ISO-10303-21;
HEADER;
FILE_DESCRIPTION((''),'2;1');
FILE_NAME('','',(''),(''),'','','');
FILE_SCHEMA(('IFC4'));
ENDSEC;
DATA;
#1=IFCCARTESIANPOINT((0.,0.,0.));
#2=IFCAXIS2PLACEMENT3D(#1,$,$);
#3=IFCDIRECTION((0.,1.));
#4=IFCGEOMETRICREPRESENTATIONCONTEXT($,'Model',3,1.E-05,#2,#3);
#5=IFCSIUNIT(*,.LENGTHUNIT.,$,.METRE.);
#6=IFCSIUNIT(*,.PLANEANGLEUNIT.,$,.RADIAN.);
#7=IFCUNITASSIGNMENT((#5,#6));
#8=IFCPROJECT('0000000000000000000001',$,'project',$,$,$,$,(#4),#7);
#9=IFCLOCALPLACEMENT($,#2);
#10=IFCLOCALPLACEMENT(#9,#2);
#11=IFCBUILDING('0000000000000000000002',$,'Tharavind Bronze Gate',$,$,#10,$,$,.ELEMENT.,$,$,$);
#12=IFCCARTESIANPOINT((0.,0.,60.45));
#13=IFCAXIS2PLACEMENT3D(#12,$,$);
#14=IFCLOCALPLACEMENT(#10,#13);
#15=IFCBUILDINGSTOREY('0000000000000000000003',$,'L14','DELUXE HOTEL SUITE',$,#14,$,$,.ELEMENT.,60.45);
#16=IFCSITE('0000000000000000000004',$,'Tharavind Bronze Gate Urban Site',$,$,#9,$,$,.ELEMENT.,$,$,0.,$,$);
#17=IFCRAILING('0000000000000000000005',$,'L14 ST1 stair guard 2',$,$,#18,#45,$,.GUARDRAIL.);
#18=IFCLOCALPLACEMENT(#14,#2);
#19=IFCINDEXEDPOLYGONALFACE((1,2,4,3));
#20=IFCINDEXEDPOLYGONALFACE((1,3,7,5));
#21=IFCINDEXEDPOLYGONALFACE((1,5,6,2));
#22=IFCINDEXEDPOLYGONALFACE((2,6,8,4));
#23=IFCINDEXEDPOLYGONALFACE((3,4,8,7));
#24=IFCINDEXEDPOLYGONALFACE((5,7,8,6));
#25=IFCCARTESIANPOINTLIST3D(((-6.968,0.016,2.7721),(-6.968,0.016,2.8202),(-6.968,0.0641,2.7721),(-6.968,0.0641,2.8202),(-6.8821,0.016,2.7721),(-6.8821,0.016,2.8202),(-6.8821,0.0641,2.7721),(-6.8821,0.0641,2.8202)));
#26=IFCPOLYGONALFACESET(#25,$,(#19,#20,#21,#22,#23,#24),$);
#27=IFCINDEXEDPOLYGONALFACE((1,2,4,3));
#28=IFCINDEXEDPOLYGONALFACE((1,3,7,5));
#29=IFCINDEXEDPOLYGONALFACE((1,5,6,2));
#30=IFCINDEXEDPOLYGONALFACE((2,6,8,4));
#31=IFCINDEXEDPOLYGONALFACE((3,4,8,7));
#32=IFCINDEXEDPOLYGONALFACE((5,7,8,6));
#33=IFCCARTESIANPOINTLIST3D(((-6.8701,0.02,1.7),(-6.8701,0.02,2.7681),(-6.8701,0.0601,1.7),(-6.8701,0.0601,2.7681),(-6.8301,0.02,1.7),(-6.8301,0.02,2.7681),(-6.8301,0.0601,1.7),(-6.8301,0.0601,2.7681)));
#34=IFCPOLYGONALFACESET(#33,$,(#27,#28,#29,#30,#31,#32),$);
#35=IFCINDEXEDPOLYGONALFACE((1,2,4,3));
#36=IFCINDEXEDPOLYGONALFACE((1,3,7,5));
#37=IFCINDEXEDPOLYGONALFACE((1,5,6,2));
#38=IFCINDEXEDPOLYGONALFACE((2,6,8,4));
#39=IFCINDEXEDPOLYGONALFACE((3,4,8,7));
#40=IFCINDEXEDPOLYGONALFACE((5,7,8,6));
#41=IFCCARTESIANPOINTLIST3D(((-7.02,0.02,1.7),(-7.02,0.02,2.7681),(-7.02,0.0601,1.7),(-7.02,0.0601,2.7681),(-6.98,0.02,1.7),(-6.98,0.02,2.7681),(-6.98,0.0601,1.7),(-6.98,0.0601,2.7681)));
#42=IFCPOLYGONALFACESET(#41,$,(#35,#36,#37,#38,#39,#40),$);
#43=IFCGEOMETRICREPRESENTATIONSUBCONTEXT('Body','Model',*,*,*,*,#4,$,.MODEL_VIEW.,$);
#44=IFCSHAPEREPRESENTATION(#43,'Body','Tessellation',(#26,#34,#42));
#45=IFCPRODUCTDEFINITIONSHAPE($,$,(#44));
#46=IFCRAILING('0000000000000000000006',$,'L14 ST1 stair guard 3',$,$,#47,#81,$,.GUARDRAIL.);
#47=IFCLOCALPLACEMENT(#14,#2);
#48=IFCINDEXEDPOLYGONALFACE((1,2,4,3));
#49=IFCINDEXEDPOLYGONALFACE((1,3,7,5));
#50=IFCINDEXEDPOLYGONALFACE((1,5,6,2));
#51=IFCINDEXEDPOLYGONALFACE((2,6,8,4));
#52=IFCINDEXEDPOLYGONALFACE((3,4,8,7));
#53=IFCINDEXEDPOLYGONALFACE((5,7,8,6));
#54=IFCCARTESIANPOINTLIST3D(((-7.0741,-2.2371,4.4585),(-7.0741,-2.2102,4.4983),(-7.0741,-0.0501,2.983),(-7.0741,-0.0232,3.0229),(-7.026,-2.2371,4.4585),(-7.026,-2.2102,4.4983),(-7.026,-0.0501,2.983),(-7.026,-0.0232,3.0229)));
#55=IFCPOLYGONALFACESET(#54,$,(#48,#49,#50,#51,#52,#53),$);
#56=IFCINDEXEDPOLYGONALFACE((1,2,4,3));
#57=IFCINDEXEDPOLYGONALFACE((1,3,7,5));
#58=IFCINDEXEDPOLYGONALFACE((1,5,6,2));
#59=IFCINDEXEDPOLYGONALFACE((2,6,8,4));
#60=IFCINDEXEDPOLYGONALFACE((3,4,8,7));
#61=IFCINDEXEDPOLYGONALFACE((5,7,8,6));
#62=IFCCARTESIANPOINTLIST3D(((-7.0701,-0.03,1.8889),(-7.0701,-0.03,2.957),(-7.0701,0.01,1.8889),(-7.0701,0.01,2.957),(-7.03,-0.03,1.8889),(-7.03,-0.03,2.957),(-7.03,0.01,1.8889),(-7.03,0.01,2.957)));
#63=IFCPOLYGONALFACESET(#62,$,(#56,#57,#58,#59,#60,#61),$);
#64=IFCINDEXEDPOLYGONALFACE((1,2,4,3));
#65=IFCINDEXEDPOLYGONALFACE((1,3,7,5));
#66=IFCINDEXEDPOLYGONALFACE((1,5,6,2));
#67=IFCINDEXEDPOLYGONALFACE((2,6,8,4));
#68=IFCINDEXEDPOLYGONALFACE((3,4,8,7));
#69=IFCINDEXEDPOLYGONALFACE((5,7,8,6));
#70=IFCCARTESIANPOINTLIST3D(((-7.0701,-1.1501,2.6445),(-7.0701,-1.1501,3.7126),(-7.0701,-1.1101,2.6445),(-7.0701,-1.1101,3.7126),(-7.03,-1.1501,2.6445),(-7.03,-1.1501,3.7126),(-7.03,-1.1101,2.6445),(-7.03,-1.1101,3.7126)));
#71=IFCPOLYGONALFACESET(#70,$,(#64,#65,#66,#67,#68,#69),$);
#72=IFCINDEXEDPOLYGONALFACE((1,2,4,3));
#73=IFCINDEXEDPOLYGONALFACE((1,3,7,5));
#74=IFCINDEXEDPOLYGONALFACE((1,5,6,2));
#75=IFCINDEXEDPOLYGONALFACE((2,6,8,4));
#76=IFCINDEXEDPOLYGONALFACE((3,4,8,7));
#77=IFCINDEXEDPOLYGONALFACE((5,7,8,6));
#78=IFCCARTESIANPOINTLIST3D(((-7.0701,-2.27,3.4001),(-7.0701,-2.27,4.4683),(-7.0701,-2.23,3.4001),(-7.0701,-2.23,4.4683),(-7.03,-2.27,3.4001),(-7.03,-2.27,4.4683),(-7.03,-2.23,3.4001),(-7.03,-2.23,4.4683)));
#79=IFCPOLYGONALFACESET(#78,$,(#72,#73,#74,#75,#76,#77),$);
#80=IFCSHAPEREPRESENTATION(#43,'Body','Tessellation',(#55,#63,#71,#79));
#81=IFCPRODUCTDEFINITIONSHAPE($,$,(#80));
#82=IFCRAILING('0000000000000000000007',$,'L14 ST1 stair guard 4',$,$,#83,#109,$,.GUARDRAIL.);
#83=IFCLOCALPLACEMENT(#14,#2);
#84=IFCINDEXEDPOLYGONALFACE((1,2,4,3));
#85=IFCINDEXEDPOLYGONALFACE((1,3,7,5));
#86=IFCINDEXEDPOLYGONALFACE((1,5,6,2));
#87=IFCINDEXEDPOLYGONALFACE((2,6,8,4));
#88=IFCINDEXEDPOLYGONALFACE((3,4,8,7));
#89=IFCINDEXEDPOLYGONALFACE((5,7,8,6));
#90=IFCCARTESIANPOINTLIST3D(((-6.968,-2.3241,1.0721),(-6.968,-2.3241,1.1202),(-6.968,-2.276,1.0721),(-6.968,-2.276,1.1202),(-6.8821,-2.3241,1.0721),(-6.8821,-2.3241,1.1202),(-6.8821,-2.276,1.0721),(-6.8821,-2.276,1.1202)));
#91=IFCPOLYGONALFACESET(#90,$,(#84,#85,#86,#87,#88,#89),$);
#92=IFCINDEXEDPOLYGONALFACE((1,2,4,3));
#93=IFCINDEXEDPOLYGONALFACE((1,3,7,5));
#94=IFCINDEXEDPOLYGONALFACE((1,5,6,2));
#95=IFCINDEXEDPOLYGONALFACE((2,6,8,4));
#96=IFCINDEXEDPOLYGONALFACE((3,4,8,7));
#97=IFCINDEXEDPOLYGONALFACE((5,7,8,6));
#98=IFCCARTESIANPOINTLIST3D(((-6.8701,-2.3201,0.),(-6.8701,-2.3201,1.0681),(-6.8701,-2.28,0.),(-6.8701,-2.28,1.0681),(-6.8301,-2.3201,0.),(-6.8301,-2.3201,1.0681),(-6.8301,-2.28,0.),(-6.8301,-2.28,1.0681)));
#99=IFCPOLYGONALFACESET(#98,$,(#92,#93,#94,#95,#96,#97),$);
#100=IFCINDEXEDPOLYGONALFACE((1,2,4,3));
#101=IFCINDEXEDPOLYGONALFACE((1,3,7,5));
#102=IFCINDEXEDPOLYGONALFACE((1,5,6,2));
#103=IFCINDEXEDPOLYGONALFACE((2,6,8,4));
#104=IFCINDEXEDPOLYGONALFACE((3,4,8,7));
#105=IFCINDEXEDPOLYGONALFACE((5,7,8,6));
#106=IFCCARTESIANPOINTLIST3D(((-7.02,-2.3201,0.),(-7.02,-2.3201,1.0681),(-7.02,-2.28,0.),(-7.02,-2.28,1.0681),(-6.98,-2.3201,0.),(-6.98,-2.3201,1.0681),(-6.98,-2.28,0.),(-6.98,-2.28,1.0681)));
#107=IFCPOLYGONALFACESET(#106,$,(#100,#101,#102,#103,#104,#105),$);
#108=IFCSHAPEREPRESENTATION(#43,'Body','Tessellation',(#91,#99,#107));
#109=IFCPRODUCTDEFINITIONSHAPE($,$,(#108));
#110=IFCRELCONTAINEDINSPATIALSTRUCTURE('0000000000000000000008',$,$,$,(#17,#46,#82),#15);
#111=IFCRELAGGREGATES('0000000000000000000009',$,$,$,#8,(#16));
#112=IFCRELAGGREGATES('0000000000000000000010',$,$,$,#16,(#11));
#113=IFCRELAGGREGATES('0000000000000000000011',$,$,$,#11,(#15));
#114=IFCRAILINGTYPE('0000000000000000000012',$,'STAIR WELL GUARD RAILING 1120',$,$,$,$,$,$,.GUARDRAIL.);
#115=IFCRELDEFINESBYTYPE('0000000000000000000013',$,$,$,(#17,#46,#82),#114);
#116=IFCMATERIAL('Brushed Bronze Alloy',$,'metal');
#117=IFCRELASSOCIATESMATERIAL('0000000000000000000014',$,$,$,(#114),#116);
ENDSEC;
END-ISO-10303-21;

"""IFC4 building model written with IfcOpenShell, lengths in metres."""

from ifc_helpers import new_model, si_unit, direction, frame, origin, origin_2d, place, context, subcontext, project, spatial, rectangle, extrude, material, type_object, element, save


model = new_model("IFC4")

# Units and contexts
model_context = context("Model", 3, precision=1e-05, world=origin(), true_north=direction((0.0, 1.0)))
body_context = subcontext(model_context, "Body", "Model", "MODEL_VIEW")
ifc_project = project(units=[si_unit("LENGTHUNIT", "METRE"), si_unit("PLANEANGLEUNIT", "RADIAN")], contexts=[model_context])

# Site, building, storey
site_placement = place(None, origin())
site = spatial("IfcSite", under=ifc_project, at=site_placement, Name="Tharavind Bronze Gate Urban Site", CompositionType="ELEMENT", RefElevation=0.0)
building_placement = place(site_placement, origin())
building = spatial("IfcBuilding", under=site, at=building_placement, Name="Tharavind Bronze Gate", CompositionType="ELEMENT")
storey_placement = place(building_placement, frame((0.0, 0.0, 60.45)))
storey = spatial("IfcBuildingStorey", under=building, at=storey_placement, Name="L14", Description="DELUXE HOTEL SUITE", CompositionType="ELEMENT", Elevation=60.45)

# Railings
ifc_material_1 = material(Name="Brushed Bronze Alloy", Category="metal")
railing_type_1 = type_object("IfcRailingType", Name="STAIR WELL GUARD RAILING 1120", PredefinedType="GUARDRAIL", material=ifc_material_1)
railing_1_placement = place(storey_placement, frame((-6.8501, 0.04, 1.7)))
element("IfcRailing", 1, at=railing_1_placement, inside=storey, type_object=railing_type_1, Name="L14 ST1 stair guard 2", PredefinedType="GUARDRAIL", context=body_context, shape_type="SweptSolid", body=[
    extrude(rectangle(XDim=0.0481, YDim=0.0481, at=origin_2d()), frame((-0.032, 0.0, 1.0962), z_axis=(-1.0, 0.0, 0.0), x_axis=(0.0, -1.0, 0.0)), (0.0, 0.0, 1.0), 0.0859),
    extrude(rectangle(XDim=0.04, YDim=0.04, at=origin_2d()), origin(), (0.0, 0.0, 1.0), 1.0681),
    extrude(rectangle(XDim=0.04, YDim=0.04, at=origin_2d()), frame((-0.1499, 0.0, 0.0)), (0.0, 0.0, 1.0), 1.0681),
])
railing_2_placement = place(storey_placement, frame((-7.05, -0.01, 1.8889)))
element("IfcRailing", 2, at=railing_2_placement, inside=storey, type_object=railing_type_1, Name="L14 ST1 stair guard 3", PredefinedType="GUARDRAIL", context=body_context, shape_type="SweptSolid", body=[
    extrude(rectangle(XDim=0.0481, YDim=0.0481, at=origin_2d()), frame((0.0, -0.0266, 1.114), z_axis=(0.0, -0.82898, 0.559279), x_axis=(1.0, 0.0, 0.0)), (0.0, 0.0, 1.0), 2.6382),
    extrude(rectangle(XDim=0.04, YDim=0.04, at=origin_2d()), origin(), (0.0, 0.0, 1.0), 1.0681),
    extrude(rectangle(XDim=0.04, YDim=0.04, at=origin_2d()), frame((0.0, -1.1201, 0.7556)), (0.0, 0.0, 1.0), 1.0681),
    extrude(rectangle(XDim=0.04, YDim=0.04, at=origin_2d()), frame((0.0, -2.24, 1.5112)), (0.0, 0.0, 1.0), 1.0681),
])
railing_3_placement = place(storey_placement, frame((-6.8501, -2.3, 0.0)))
element("IfcRailing", 3, at=railing_3_placement, inside=storey, type_object=railing_type_1, Name="L14 ST1 stair guard 4", PredefinedType="GUARDRAIL", context=body_context, shape_type="SweptSolid", body=[
    extrude(rectangle(XDim=0.0481, YDim=0.0481, at=origin_2d()), frame((-0.032, 0.0, 1.0962), z_axis=(-1.0, 0.0, 0.0), x_axis=(0.0, -1.0, 0.0)), (0.0, 0.0, 1.0), 0.0859),
    extrude(rectangle(XDim=0.04, YDim=0.04, at=origin_2d()), origin(), (0.0, 0.0, 1.0), 1.0681),
    extrude(rectangle(XDim=0.04, YDim=0.04, at=origin_2d()), frame((-0.1499, 0.0, 0.0)), (0.0, 0.0, 1.0), 1.0681),
])

save(model, "model.ifc")
